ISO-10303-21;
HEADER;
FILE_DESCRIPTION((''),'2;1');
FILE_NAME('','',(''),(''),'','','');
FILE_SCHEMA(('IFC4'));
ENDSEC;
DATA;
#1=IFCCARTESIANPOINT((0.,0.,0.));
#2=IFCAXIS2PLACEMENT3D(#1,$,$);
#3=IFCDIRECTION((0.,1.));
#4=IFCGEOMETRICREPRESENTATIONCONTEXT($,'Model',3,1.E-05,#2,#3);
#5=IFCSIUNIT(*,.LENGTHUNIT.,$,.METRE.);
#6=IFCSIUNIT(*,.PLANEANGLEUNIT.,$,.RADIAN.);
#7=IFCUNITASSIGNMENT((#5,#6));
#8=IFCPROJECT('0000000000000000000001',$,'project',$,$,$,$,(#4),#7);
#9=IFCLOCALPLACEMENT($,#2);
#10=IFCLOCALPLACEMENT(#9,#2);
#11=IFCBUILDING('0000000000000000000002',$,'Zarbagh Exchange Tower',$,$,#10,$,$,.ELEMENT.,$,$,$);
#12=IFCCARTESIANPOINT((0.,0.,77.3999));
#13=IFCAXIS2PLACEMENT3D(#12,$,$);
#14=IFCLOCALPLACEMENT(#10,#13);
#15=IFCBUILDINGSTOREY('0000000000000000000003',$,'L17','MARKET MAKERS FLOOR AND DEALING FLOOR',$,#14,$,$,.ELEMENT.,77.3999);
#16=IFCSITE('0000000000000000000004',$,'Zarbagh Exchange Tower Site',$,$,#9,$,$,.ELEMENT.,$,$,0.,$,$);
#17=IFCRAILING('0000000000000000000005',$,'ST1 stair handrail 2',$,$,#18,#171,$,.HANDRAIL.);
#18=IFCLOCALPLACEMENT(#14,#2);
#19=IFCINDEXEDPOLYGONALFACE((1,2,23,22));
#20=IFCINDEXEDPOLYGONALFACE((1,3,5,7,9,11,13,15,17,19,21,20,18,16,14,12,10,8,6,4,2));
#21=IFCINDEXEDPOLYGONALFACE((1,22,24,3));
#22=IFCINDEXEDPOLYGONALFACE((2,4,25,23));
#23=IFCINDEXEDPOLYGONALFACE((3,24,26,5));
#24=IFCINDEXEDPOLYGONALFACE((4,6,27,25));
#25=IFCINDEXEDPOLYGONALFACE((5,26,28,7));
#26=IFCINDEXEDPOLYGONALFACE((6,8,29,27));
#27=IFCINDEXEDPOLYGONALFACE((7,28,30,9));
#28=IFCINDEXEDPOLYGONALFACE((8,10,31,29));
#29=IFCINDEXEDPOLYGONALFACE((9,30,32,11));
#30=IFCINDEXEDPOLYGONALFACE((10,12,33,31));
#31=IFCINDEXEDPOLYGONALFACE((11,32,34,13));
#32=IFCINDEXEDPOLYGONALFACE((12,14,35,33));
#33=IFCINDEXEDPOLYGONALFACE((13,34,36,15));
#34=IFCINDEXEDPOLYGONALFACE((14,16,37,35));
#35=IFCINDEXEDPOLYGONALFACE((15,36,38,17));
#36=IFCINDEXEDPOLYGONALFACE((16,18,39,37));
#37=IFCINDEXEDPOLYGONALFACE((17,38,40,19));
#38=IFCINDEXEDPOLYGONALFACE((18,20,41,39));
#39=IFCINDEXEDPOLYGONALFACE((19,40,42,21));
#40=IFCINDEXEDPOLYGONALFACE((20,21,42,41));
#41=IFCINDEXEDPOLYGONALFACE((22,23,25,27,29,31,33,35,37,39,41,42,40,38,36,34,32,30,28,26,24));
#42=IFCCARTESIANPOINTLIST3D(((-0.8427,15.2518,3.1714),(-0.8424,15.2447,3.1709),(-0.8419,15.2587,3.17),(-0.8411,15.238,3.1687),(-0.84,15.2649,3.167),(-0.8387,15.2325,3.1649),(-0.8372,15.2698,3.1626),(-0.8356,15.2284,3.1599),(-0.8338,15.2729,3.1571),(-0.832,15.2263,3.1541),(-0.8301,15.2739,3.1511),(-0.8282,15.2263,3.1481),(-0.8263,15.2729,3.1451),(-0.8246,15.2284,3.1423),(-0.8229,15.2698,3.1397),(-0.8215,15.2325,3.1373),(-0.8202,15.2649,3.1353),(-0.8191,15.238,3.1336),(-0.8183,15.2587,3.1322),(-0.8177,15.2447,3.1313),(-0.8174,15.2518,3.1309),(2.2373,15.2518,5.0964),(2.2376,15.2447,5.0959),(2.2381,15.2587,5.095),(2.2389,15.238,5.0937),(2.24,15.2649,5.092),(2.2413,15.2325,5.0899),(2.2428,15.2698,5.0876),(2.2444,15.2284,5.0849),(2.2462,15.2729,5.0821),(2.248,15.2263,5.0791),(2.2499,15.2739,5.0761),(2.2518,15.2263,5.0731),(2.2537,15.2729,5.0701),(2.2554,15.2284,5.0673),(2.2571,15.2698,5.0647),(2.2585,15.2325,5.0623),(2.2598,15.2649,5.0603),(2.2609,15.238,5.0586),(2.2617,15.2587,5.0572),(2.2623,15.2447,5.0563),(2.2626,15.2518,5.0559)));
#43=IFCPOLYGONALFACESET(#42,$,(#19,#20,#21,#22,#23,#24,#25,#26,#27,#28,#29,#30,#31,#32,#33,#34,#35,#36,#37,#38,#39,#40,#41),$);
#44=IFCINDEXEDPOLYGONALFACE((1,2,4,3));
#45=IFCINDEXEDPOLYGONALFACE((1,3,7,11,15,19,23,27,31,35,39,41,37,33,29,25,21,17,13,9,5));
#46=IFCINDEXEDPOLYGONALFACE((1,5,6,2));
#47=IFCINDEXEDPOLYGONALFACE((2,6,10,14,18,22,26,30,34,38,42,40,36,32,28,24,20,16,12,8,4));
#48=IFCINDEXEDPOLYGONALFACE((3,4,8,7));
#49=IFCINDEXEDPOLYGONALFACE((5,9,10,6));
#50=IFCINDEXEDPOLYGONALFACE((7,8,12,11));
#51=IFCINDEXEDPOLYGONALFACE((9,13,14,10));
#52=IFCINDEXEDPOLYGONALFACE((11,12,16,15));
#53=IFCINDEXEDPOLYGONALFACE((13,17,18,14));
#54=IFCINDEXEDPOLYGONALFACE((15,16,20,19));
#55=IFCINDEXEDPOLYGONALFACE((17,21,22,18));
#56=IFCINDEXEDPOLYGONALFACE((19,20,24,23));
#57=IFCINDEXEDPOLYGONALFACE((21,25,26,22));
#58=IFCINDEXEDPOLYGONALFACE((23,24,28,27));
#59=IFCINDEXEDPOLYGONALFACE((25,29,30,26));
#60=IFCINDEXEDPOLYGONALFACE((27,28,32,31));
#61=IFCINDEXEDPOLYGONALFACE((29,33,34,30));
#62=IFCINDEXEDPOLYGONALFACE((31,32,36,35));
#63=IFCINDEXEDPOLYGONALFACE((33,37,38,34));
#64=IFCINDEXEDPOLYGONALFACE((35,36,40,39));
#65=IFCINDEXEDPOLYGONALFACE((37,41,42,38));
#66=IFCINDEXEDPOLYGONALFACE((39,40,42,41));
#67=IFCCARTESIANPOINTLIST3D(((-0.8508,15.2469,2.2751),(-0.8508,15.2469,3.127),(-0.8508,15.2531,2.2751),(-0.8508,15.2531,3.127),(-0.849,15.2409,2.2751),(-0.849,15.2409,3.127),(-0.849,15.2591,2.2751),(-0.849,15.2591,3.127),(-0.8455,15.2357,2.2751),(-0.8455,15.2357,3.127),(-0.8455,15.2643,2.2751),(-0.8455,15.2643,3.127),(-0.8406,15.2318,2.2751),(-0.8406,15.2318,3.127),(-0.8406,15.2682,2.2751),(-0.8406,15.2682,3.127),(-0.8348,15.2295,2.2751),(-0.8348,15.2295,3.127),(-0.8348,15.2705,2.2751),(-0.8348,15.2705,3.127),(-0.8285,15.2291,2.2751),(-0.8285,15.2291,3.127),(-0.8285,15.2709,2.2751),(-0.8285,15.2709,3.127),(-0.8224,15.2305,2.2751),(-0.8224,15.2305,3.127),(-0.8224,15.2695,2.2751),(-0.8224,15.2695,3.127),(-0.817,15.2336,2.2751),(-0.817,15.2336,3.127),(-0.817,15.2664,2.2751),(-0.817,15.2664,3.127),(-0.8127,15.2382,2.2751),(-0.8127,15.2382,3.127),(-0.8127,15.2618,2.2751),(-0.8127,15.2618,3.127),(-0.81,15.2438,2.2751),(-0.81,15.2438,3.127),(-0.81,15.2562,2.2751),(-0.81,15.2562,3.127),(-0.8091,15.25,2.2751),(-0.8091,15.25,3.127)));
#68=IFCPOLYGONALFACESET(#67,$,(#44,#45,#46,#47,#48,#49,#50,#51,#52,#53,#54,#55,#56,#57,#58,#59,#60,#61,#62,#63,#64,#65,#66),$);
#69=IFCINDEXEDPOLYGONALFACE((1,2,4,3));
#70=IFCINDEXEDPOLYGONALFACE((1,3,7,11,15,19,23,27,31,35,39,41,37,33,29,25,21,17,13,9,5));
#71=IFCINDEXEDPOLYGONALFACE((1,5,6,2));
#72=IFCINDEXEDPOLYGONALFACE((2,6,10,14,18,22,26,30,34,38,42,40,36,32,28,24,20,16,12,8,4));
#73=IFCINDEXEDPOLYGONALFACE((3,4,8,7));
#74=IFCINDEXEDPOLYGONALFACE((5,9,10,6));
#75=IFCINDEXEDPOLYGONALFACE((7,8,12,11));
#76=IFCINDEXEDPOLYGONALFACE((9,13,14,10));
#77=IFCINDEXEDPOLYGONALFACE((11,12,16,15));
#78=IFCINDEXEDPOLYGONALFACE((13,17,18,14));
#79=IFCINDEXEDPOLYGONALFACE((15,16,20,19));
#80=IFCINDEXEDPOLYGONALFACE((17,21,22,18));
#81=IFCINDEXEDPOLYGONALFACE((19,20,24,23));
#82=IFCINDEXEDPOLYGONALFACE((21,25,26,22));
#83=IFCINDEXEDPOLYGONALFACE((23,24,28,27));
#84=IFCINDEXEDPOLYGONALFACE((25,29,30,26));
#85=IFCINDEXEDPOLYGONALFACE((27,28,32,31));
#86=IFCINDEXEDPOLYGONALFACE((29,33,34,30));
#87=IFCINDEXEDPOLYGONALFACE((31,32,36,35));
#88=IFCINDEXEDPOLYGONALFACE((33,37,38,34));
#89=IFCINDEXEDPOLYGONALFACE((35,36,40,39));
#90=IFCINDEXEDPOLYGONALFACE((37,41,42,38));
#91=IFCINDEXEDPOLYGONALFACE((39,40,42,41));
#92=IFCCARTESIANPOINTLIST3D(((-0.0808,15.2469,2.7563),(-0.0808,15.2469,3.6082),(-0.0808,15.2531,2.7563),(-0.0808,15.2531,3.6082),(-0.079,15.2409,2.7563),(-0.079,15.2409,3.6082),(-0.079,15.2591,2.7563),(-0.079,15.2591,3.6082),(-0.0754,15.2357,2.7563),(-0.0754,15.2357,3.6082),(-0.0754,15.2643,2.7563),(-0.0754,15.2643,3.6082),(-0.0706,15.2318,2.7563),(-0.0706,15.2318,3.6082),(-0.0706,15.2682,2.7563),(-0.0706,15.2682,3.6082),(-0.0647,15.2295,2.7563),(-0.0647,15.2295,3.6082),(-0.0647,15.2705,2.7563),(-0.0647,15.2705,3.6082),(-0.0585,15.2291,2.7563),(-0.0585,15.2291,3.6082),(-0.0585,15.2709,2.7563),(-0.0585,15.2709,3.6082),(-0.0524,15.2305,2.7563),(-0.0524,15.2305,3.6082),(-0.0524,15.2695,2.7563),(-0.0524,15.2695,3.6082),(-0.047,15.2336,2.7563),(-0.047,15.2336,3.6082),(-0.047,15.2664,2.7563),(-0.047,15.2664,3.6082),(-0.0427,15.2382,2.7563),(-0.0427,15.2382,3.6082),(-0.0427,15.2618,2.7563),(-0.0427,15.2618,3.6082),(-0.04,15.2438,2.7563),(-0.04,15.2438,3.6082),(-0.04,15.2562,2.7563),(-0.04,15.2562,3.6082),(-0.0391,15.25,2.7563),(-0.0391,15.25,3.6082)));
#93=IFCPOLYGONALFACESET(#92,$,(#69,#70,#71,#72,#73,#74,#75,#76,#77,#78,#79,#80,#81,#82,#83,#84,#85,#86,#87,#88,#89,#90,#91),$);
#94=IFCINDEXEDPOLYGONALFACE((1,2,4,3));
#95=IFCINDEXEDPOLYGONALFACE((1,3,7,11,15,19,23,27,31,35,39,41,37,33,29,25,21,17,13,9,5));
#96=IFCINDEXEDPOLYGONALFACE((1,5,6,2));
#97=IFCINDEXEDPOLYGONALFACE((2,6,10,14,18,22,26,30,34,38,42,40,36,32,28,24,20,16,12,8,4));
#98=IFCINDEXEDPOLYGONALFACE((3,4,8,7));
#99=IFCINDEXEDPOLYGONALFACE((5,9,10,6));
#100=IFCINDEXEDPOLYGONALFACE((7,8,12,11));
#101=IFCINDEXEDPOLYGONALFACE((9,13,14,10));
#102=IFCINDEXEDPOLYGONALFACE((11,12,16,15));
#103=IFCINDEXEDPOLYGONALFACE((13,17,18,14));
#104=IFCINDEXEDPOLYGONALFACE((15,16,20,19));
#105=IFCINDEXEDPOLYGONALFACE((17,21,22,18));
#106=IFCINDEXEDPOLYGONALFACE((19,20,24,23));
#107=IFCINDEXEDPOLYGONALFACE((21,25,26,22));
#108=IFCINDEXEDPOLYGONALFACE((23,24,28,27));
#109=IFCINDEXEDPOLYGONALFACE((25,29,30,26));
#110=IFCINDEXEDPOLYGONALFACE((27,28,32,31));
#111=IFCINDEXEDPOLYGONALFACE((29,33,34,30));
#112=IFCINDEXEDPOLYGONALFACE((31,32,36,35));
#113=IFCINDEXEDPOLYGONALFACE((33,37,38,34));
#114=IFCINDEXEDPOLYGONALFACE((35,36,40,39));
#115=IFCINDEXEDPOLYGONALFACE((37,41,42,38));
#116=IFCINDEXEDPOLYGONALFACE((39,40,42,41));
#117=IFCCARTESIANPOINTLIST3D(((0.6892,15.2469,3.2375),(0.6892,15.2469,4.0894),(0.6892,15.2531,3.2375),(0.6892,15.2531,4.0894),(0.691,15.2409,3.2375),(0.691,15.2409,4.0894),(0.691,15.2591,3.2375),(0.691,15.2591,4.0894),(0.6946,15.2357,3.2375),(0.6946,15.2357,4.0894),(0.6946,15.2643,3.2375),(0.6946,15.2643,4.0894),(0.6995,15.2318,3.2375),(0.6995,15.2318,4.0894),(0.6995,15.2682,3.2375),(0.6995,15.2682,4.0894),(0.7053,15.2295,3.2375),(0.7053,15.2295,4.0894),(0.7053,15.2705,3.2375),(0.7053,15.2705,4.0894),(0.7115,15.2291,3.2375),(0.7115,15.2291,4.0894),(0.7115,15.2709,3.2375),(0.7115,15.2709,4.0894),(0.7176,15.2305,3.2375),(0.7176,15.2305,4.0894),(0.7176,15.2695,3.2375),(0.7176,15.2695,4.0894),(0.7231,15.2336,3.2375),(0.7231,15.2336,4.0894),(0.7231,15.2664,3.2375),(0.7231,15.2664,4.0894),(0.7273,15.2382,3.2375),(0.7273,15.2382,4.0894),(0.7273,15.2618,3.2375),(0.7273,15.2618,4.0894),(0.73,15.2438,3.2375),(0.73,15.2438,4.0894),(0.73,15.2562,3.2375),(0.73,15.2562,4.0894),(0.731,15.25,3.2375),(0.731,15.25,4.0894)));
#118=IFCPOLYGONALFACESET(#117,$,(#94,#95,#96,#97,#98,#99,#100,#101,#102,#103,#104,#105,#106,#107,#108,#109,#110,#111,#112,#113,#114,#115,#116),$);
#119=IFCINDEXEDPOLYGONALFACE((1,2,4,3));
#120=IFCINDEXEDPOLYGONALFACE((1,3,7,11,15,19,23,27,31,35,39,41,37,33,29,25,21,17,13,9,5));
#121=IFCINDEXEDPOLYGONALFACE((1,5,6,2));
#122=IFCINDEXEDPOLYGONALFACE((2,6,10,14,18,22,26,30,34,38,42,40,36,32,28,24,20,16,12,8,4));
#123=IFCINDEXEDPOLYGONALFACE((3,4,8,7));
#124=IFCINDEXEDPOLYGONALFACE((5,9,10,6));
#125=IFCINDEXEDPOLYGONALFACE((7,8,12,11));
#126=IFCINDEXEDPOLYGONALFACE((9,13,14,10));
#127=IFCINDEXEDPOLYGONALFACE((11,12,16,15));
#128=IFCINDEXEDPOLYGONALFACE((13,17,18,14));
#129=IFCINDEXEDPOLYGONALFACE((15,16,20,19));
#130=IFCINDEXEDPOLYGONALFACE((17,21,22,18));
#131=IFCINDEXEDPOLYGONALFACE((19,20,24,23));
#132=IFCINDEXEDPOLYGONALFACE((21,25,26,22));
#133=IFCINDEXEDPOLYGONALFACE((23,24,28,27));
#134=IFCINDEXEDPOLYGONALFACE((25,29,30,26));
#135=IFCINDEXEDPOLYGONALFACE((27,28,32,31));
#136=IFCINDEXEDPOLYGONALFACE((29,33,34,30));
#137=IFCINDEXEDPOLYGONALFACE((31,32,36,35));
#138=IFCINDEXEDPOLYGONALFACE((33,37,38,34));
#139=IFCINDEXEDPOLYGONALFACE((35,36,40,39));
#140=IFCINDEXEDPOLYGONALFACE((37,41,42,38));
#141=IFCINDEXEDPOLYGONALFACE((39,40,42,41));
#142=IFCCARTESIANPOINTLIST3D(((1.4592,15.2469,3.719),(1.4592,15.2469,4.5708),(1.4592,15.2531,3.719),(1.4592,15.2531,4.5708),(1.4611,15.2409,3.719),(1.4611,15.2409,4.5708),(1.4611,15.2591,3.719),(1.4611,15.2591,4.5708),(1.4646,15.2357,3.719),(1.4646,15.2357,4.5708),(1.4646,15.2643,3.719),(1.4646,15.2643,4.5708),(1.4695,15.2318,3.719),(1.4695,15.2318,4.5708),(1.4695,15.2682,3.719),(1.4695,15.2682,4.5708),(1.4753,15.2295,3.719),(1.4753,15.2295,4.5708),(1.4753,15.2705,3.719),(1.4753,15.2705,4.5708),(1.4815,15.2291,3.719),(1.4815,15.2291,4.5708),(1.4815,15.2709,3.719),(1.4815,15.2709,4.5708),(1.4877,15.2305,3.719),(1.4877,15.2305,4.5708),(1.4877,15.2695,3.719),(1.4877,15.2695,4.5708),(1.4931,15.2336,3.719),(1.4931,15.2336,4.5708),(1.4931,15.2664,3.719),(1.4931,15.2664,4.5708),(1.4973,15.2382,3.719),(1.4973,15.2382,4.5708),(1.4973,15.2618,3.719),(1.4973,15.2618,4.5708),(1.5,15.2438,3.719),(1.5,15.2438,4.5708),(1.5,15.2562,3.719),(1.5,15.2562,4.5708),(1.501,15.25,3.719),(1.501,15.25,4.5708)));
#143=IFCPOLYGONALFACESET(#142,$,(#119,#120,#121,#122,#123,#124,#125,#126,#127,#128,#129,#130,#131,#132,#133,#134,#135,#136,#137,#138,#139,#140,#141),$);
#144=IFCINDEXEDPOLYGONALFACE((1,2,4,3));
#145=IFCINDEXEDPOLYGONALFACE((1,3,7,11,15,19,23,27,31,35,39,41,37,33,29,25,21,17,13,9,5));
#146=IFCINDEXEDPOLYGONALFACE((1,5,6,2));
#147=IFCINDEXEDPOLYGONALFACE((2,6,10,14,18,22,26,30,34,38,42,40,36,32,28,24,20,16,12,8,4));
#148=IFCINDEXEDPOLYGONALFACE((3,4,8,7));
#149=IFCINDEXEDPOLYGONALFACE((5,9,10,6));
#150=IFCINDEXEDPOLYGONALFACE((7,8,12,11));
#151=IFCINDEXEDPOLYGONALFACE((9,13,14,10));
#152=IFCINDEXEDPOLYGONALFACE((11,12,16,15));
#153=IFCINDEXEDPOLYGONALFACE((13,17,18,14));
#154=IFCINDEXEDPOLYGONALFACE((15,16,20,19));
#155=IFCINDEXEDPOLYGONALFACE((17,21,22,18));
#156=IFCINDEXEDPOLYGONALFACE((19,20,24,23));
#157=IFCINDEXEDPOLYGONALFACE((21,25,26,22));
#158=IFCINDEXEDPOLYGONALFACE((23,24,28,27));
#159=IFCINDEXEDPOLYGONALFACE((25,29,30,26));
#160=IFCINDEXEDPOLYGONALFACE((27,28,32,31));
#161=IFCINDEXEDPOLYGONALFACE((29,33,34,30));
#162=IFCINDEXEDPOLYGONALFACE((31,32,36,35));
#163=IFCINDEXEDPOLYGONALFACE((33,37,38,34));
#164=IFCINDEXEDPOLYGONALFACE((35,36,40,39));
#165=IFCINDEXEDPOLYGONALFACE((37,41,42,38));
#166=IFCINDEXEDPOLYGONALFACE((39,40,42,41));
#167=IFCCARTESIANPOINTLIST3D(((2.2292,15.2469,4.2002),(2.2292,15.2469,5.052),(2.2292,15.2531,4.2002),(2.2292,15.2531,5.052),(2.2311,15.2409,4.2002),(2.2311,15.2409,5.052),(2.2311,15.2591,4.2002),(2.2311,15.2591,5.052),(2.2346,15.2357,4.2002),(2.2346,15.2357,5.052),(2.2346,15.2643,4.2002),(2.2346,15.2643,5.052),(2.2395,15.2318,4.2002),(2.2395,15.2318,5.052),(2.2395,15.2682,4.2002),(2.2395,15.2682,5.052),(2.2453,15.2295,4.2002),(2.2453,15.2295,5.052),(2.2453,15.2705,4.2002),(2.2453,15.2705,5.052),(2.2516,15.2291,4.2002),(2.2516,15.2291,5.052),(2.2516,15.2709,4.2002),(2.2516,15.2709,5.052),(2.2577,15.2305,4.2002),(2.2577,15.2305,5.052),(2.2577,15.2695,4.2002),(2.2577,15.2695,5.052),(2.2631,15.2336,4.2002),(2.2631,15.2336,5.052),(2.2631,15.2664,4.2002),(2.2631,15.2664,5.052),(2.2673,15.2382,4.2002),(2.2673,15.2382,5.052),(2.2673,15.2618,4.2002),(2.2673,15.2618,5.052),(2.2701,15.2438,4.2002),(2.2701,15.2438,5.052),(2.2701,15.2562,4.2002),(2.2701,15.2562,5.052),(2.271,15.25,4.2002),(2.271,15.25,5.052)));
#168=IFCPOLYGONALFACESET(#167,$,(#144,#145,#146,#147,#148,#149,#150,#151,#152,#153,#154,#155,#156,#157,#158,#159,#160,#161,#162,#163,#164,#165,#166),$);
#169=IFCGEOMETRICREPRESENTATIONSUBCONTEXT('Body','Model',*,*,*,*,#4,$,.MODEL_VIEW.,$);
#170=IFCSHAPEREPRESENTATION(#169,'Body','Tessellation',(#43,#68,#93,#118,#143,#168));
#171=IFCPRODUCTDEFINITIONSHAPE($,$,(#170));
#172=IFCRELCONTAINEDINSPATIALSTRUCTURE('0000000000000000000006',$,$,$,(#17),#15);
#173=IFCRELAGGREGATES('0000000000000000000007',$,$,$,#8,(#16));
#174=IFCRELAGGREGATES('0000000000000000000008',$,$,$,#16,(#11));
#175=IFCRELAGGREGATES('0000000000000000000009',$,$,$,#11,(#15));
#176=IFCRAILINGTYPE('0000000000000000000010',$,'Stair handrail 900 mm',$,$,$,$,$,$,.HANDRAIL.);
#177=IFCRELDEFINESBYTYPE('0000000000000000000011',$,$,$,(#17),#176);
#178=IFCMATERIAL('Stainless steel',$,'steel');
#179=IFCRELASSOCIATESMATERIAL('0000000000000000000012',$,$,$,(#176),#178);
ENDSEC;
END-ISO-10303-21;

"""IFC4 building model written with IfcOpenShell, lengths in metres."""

from ifc_helpers import new_model, si_unit, direction, frame, origin, origin_2d, place, context, subcontext, project, spatial, circle, extrude, material, type_object, element, save


model = new_model("IFC4")

# Units and contexts
model_context = context("Model", 3, precision=1e-05, world=origin(), true_north=direction((0.0, 1.0)))
body_context = subcontext(model_context, "Body", "Model", "MODEL_VIEW")
ifc_project = project(units=[si_unit("LENGTHUNIT", "METRE"), si_unit("PLANEANGLEUNIT", "RADIAN")], contexts=[model_context])

# Site, building, storey
site_placement = place(None, origin())
site = spatial("IfcSite", under=ifc_project, at=site_placement, Name="Zarbagh Exchange Tower Site", CompositionType="ELEMENT", RefElevation=0.0)
building_placement = place(site_placement, origin())
building = spatial("IfcBuilding", under=site, at=building_placement, Name="Zarbagh Exchange Tower", CompositionType="ELEMENT")
storey_placement = place(building_placement, frame((0.0, 0.0, 77.3999)))
storey = spatial("IfcBuildingStorey", under=building, at=storey_placement, Name="L17", Description="MARKET MAKERS FLOOR AND DEALING FLOOR", CompositionType="ELEMENT", Elevation=77.3999)

# Shared definitions
ifc_material_1 = material(Name="Stainless steel", Category="steel")

# Railing
railing_type_1 = type_object("IfcRailingType", Name="Stair handrail 900 mm", PredefinedType="HANDRAIL", material=ifc_material_1)
railing_1_placement = place(storey_placement, frame((-0.8301, 15.25, 2.2751)))
element("IfcRailing", 1, at=railing_1_placement, inside=storey, type_object=railing_type_1, Name="ST1 stair handrail 2", PredefinedType="HANDRAIL", context=body_context, shape_type="SweptSolid", body=[
    extrude(circle(Radius=0.0239, at=origin_2d()), frame((0.0, 0.0, 0.876), z_axis=(0.847998, 0.0, 0.529999), x_axis=(0.0, 1.0, 0.0)), (0.0, 0.0, 1.0), 3.6321),
    extrude(circle(Radius=0.021, at=origin_2d()), origin(), (0.0, 0.0, 1.0), 0.8518),
    extrude(circle(Radius=0.021, at=origin_2d()), frame((0.77, 0.0, 0.4812)), (0.0, 0.0, 1.0), 0.8518),
    extrude(circle(Radius=0.021, at=origin_2d()), frame((1.54, 0.0, 0.9624)), (0.0, 0.0, 1.0), 0.8518),
    extrude(circle(Radius=0.021, at=origin_2d()), frame((2.3101, 0.0, 1.4438)), (0.0, 0.0, 1.0), 0.8518),
    extrude(circle(Radius=0.021, at=origin_2d()), frame((3.0801, 0.0, 1.925)), (0.0, 0.0, 1.0), 0.8518),
])

save(model, "model.ifc")
